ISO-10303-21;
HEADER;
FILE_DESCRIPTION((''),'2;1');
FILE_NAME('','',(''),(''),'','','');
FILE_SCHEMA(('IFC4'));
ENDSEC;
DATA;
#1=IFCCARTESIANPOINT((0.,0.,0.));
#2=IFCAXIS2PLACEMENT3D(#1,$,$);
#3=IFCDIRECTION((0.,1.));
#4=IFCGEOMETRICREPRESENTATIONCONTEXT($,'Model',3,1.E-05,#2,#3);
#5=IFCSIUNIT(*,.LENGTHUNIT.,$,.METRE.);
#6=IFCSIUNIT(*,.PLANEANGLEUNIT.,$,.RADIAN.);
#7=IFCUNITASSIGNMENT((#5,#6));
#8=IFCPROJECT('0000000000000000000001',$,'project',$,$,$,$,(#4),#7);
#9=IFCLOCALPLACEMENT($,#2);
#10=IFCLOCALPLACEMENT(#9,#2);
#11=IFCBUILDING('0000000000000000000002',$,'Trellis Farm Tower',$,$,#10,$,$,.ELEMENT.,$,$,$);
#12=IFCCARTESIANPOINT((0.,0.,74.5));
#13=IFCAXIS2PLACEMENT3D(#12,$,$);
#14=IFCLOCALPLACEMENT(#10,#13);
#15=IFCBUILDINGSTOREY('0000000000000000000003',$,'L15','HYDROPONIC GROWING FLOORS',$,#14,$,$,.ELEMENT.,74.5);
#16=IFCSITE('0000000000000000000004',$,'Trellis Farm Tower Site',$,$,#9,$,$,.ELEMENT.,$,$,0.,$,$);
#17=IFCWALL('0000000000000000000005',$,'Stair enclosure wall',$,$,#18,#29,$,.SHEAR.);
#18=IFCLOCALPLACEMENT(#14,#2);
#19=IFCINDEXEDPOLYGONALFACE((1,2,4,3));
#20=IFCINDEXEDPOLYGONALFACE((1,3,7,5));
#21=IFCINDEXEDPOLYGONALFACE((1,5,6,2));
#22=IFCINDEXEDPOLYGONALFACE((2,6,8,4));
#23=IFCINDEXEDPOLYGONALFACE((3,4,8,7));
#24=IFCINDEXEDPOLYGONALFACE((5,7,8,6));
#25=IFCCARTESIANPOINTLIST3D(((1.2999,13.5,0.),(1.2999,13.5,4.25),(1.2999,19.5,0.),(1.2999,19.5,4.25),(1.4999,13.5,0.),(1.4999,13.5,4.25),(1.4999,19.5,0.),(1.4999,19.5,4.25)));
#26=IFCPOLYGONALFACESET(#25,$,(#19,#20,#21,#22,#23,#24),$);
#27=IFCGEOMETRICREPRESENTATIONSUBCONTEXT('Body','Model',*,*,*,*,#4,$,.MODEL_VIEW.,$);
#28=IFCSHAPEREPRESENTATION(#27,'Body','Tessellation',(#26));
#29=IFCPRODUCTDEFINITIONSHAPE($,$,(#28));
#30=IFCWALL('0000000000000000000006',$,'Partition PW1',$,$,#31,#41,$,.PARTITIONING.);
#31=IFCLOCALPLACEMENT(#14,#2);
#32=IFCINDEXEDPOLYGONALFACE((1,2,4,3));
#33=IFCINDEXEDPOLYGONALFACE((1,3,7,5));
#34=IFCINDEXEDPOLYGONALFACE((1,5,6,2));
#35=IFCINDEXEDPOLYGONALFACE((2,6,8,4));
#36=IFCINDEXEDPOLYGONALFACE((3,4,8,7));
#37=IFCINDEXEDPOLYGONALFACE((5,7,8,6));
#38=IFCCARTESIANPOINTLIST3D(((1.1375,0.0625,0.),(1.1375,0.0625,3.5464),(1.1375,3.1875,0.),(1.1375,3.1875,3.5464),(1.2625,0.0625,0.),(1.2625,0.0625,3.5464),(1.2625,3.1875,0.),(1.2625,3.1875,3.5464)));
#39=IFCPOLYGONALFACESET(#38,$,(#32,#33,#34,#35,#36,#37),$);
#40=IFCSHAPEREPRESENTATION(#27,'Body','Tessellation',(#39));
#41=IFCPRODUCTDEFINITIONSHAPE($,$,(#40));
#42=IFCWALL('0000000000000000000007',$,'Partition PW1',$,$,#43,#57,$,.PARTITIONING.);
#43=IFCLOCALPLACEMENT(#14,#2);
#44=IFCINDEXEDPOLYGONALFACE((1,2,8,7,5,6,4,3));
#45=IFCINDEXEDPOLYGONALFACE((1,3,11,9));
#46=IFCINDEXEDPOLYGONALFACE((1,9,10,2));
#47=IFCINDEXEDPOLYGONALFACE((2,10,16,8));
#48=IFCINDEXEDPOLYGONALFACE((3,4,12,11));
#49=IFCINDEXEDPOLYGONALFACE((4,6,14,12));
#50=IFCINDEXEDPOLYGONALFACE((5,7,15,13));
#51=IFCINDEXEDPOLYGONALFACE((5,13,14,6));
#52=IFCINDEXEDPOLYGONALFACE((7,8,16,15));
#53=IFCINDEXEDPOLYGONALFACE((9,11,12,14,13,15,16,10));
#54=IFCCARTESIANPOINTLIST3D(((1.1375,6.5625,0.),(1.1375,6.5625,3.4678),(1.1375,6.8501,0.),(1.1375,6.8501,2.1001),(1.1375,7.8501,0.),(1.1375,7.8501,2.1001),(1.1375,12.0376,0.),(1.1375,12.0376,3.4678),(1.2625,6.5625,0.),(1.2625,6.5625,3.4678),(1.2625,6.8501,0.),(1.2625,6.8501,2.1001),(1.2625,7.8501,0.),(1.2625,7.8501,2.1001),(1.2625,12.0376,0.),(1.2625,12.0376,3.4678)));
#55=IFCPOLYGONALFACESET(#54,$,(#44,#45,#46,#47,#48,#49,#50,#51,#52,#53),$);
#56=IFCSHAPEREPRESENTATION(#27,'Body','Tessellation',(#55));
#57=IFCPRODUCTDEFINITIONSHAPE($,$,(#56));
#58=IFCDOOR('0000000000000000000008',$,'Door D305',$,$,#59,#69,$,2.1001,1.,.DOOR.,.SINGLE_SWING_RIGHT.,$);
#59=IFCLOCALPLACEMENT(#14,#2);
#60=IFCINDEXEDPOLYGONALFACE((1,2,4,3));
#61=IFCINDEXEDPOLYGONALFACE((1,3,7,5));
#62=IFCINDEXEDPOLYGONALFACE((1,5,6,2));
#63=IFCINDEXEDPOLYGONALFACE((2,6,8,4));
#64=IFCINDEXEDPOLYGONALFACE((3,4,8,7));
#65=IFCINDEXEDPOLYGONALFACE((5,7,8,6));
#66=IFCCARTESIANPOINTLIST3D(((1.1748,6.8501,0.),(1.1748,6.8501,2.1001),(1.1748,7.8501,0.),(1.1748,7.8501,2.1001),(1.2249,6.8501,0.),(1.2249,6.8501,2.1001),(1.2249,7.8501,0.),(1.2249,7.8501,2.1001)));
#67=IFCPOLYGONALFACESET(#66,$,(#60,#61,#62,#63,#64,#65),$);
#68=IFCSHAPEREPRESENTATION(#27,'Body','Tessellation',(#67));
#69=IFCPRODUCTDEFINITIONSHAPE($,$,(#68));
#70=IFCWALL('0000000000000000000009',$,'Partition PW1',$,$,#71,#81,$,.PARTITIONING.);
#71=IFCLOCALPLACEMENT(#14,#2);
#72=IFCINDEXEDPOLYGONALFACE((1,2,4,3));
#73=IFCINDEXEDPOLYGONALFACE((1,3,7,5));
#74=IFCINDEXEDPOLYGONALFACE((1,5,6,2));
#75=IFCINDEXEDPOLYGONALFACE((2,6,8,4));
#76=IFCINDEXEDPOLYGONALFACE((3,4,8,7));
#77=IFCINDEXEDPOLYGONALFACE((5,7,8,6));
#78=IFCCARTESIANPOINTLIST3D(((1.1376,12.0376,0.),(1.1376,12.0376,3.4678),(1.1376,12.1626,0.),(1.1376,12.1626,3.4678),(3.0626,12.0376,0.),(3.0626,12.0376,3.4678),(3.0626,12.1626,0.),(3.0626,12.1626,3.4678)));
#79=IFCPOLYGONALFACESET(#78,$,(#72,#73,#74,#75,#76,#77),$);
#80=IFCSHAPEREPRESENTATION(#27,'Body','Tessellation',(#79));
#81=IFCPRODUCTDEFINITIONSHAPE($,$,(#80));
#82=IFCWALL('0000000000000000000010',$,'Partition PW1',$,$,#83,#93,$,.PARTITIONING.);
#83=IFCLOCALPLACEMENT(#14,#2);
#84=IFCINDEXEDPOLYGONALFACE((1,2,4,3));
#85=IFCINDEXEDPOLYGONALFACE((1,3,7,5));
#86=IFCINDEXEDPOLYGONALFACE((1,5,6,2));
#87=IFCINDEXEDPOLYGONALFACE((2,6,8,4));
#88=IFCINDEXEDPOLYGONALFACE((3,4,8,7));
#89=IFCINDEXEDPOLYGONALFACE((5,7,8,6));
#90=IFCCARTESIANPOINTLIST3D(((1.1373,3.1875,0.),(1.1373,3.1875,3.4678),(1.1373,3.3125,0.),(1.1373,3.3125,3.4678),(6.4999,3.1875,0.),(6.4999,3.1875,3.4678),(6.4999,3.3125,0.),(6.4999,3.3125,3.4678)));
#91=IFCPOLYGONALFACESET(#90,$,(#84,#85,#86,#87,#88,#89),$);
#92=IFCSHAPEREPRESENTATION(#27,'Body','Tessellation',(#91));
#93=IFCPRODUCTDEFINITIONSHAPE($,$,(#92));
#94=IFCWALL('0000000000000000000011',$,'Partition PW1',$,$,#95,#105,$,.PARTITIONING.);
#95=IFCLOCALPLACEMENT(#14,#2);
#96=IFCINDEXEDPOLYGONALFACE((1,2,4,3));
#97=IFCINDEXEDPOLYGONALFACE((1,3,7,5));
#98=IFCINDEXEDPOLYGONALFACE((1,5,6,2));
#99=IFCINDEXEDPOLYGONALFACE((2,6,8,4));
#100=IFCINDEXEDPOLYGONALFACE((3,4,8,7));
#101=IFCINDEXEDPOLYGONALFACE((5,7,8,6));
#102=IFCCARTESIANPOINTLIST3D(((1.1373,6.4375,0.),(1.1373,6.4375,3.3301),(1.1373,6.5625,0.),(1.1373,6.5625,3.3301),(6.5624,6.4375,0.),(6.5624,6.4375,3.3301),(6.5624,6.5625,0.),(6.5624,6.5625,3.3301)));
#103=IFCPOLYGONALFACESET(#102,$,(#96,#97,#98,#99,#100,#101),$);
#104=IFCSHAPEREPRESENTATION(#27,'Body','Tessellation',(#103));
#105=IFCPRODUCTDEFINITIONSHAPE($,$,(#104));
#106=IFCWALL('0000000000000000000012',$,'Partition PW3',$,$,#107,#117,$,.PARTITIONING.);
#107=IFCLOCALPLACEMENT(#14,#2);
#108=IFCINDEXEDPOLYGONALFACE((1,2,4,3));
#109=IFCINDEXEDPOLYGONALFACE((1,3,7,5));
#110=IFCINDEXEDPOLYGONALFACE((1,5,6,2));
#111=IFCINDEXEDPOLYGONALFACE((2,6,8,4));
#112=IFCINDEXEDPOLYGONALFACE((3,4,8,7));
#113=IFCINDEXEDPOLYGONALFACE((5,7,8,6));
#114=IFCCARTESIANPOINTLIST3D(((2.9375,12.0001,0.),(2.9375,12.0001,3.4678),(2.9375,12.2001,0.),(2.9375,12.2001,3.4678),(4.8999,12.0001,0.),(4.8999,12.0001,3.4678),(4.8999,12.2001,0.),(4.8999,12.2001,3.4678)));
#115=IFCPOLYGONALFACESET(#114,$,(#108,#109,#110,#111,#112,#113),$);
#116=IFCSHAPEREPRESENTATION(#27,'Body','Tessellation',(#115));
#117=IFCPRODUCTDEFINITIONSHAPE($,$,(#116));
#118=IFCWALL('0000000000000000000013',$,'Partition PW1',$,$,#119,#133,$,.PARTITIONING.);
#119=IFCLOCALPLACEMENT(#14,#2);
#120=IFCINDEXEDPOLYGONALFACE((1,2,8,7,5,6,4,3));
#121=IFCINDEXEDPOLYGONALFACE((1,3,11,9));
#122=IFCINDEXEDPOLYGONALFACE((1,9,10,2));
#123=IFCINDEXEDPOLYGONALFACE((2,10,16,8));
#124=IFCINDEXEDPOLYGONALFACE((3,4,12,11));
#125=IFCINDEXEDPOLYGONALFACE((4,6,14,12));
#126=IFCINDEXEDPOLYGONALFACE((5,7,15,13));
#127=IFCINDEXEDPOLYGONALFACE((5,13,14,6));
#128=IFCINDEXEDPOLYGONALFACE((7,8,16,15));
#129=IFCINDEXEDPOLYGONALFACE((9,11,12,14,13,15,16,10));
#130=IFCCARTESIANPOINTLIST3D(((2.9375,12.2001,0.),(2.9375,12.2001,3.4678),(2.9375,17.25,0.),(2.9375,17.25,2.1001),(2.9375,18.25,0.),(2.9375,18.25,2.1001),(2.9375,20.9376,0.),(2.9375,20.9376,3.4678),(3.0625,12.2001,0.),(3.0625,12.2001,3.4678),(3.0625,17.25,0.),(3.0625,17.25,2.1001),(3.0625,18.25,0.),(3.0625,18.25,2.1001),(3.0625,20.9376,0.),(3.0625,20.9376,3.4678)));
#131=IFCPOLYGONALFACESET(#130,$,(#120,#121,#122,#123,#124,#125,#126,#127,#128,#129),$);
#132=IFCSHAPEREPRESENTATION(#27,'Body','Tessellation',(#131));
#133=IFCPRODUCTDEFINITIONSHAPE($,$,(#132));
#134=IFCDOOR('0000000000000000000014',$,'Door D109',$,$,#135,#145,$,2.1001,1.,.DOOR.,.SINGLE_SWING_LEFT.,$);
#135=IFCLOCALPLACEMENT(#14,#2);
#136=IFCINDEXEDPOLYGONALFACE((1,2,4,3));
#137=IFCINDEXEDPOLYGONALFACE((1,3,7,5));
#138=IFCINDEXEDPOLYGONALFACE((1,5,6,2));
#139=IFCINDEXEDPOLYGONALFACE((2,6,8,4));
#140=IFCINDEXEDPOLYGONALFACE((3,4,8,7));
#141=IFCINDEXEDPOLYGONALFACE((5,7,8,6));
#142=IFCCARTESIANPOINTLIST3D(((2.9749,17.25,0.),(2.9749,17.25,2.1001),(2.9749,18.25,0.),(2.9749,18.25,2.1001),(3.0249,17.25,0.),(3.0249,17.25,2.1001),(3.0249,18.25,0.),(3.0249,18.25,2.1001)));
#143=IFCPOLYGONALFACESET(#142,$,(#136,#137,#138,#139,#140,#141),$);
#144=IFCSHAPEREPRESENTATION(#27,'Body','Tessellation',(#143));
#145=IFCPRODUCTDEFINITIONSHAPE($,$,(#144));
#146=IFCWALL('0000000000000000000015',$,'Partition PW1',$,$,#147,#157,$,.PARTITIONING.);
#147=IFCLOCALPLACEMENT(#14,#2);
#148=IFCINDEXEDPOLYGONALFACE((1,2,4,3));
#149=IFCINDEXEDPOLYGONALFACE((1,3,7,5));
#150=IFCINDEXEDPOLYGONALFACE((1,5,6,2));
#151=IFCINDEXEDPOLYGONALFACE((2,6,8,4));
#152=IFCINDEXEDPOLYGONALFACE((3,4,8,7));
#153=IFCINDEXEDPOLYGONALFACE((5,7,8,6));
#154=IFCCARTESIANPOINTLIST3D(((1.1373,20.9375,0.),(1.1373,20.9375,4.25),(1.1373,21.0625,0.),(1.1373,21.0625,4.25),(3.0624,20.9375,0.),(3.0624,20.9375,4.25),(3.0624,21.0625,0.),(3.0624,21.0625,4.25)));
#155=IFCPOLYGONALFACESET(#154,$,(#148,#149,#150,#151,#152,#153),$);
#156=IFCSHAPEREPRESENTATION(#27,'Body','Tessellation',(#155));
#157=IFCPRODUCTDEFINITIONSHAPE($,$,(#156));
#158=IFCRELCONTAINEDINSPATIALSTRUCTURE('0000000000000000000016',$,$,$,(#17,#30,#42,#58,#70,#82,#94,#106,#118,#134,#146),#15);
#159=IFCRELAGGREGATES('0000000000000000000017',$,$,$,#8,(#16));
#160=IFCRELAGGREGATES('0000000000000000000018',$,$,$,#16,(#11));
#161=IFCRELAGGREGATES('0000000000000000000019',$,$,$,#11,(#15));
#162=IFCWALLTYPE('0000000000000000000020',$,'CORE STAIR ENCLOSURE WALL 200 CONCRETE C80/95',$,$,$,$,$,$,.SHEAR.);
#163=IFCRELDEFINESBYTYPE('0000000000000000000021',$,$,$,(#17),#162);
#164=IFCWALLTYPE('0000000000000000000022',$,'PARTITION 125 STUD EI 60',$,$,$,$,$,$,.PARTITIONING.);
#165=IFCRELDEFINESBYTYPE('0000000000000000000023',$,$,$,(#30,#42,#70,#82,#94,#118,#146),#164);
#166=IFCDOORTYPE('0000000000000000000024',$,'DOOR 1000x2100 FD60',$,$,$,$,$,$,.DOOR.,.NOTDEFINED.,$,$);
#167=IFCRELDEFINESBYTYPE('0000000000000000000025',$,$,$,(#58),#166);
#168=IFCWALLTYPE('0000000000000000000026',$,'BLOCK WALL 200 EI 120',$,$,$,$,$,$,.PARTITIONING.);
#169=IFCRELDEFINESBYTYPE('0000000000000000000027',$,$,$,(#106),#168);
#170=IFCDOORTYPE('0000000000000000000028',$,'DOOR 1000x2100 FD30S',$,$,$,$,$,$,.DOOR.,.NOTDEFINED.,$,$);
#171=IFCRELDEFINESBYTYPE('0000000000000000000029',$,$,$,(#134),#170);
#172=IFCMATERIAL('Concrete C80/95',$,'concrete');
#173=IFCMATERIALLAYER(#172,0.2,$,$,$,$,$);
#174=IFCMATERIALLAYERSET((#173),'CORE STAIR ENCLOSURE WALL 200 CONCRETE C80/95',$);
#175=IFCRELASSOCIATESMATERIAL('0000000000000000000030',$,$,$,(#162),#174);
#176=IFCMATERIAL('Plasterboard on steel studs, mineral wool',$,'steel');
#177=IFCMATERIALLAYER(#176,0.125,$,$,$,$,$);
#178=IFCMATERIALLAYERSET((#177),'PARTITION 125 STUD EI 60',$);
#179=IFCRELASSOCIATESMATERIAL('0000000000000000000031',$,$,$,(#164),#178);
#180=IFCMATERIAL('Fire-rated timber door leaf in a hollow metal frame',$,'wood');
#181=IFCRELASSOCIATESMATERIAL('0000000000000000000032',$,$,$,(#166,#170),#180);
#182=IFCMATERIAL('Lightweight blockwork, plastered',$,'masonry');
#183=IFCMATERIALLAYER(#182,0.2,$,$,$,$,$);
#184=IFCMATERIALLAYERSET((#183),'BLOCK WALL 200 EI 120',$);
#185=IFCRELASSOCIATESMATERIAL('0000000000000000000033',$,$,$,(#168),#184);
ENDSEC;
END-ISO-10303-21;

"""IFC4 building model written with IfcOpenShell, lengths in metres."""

from ifc_helpers import new_model, si_unit, direction, frame, frame_2d, origin, place, context, subcontext, project, spatial, rectangle, extrude, source, transform, mapped, material, layer, layer_set, type_object, element, fill, save


model = new_model("IFC4")

# Units and contexts
model_context = context("Model", 3, precision=1e-05, world=origin(), true_north=direction((0.0, 1.0)))
body_context = subcontext(model_context, "Body", "Model", "MODEL_VIEW")
ifc_project = project(units=[si_unit("LENGTHUNIT", "METRE"), si_unit("PLANEANGLEUNIT", "RADIAN")], contexts=[model_context])

# Site, building, storey
site_placement = place(None, origin())
site = spatial("IfcSite", under=ifc_project, at=site_placement, Name="Trellis Farm Tower Site", CompositionType="ELEMENT", RefElevation=0.0)
building_placement = place(site_placement, origin())
building = spatial("IfcBuilding", under=site, at=building_placement, Name="Trellis Farm Tower", CompositionType="ELEMENT")
storey_placement = place(building_placement, frame((0.0, 0.0, 74.5)))
storey = spatial("IfcBuildingStorey", under=building, at=storey_placement, Name="L15", Description="HYDROPONIC GROWING FLOORS", CompositionType="ELEMENT", Elevation=74.5)

# Shared definitions
ifc_material_1 = material(Name="Concrete C80/95", Category="concrete")

# Walls
ifc_layer_1 = layer(ifc_material_1, 0.2)
ifc_layer_set_1 = layer_set([ifc_layer_1], Name="CORE STAIR ENCLOSURE WALL 200 CONCRETE C80/95")
wall_type_1 = type_object("IfcWallType", Name="CORE STAIR ENCLOSURE WALL 200 CONCRETE C80/95", PredefinedType="SHEAR", material=ifc_layer_set_1)
shared_shape_1 = source(origin(), body_context, "Body", "SweptSolid", [
    extrude(rectangle(XDim=6.0, YDim=0.2, at=frame_2d((3.0, 0.0))), origin(), (0.0, 0.0, 1.0), 4.25),
])
wall_1_placement = place(storey_placement, frame((1.3999, 13.5, 0.0), z_axis=(0.0, 0.0, 1.0), x_axis=(0.0, 1.0, 0.0)))
element("IfcWall", 1, at=wall_1_placement, inside=storey, type_object=wall_type_1, Name="Stair enclosure wall", PredefinedType="SHEAR", context=body_context, shape_type="MappedRepresentation", body=[
    mapped(shared_shape_1, transform((0.0, 0.0, 0.0))),
])
ifc_material_2 = material(Name="Plasterboard on steel studs, mineral wool", Category="steel")
ifc_layer_2 = layer(ifc_material_2, 0.125)
ifc_layer_set_2 = layer_set([ifc_layer_2], Name="PARTITION 125 STUD EI 60")
wall_type_2 = type_object("IfcWallType", Name="PARTITION 125 STUD EI 60", PredefinedType="PARTITIONING", material=ifc_layer_set_2)
shared_shape_2 = source(origin(), body_context, "Body", "SweptSolid", [
    extrude(rectangle(XDim=3.125, YDim=0.125, at=frame_2d((1.5625, 0.0))), origin(), (0.0, 0.0, 1.0), 3.5464),
])
wall_2_placement = place(storey_placement, frame((1.2, 3.1875, 0.0), z_axis=(0.0, 0.0, 1.0), x_axis=(0.0, -1.0, 0.0)))
element("IfcWall", 2, at=wall_2_placement, inside=storey, type_object=wall_type_2, Name="Partition PW1", PredefinedType="PARTITIONING", context=body_context, shape_type="MappedRepresentation", body=[
    mapped(shared_shape_2, transform((0.0, 0.0, 0.0))),
])

# Wall, opening, door
shared_shape_3 = source(origin(), body_context, "Body", "SweptSolid", [
    extrude(rectangle(XDim=5.4751, YDim=0.125, at=frame_2d((2.7375, 0.0))), origin(), (0.0, 0.0, 1.0), 3.4678),
])
wall_3_placement = place(storey_placement, frame((1.2, 12.0376, 0.0), z_axis=(0.0, 0.0, 1.0), x_axis=(0.0, -1.0, 0.0)))
wall_3 = element("IfcWall", 3, at=wall_3_placement, inside=storey, type_object=wall_type_2, Name="Partition PW1", PredefinedType="PARTITIONING", context=body_context, shape_type="MappedRepresentation", body=[
    mapped(shared_shape_3, transform((0.0, 0.0, 0.0))),
])
shared_shape_4 = source(origin(), body_context, "Body", "SweptSolid", [
    extrude(rectangle(XDim=1.0, YDim=2.1001, at=frame_2d((0.5, 1.05))), frame((0.0, 0.0725, 0.0), z_axis=(0.0, -1.0, 0.0), x_axis=(1.0, 0.0, 0.0)), (0.0, 0.0, 1.0), 0.145),
])
opening_1_placement = place(wall_3_placement, frame((4.1875, 0.0, 0.0)))
opening_1 = element("IfcOpeningElement", 4, at=opening_1_placement, cuts=wall_3, PredefinedType="OPENING", context=body_context, shape_type="MappedRepresentation", body=[
    mapped(shared_shape_4, transform((0.0, 0.0, 0.0))),
])
ifc_material_3 = material(Name="Fire-rated timber door leaf in a hollow metal frame", Category="wood")
door_type_1 = type_object("IfcDoorType", Name="DOOR 1000x2100 FD60", OperationType="NOTDEFINED", PredefinedType="DOOR", material=ifc_material_3)
shared_shape_5 = source(origin(), body_context, "Body", "SweptSolid", [
    extrude(rectangle(XDim=1.0, YDim=2.1001, at=frame_2d((0.5, 1.05))), frame((0.0, 0.0249, 0.0), z_axis=(0.0, -1.0, 0.0), x_axis=(1.0, 0.0, 0.0)), (0.0, 0.0, 1.0), 0.05),
])
door_1_placement = place(opening_1_placement, origin())
door_1 = element("IfcDoor", 5, at=door_1_placement, inside=storey, type_object=door_type_1, Name="Door D305", OperationType="SINGLE_SWING_RIGHT", OverallHeight=2.1001, OverallWidth=1.0, PredefinedType="DOOR", context=body_context, shape_type="MappedRepresentation", body=[
    mapped(shared_shape_5, transform((0.0, 0.0, 0.0))),
])
fill(opening_1, door_1)

# Walls
shared_shape_6 = source(origin(), body_context, "Body", "SweptSolid", [
    extrude(rectangle(XDim=1.925, YDim=0.125, at=frame_2d((0.9624, 0.0))), origin(), (0.0, 0.0, 1.0), 3.4678),
])
wall_4_placement = place(storey_placement, frame((3.0625, 12.1001, 0.0), z_axis=(0.0, 0.0, 1.0), x_axis=(-1.0, 0.0, 0.0)))
element("IfcWall", 6, at=wall_4_placement, inside=storey, type_object=wall_type_2, Name="Partition PW1", PredefinedType="PARTITIONING", context=body_context, shape_type="MappedRepresentation", body=[
    mapped(shared_shape_6, transform((0.0, 0.0, 0.0))),
])
shared_shape_7 = source(origin(), body_context, "Body", "SweptSolid", [
    extrude(rectangle(XDim=5.3625, YDim=0.125, at=frame_2d((2.6812, 0.0))), origin(), (0.0, 0.0, 1.0), 3.4678),
])
wall_5_placement = place(storey_placement, frame((1.1375, 3.25, 0.0), z_axis=(0.0, 0.0, 1.0), x_axis=(1.0, 0.0, 0.0)))
element("IfcWall", 7, at=wall_5_placement, inside=storey, type_object=wall_type_2, Name="Partition PW1", PredefinedType="PARTITIONING", context=body_context, shape_type="MappedRepresentation", body=[
    mapped(shared_shape_7, transform((0.0, 0.0, 0.0))),
])
shared_shape_8 = source(origin(), body_context, "Body", "SweptSolid", [
    extrude(rectangle(XDim=5.425, YDim=0.125, at=frame_2d((2.7124, 0.0))), origin(), (0.0, 0.0, 1.0), 3.3301),
])
wall_6_placement = place(storey_placement, frame((1.1375, 6.5, 0.0), z_axis=(0.0, 0.0, 1.0), x_axis=(1.0, 0.0, 0.0)))
element("IfcWall", 8, at=wall_6_placement, inside=storey, type_object=wall_type_2, Name="Partition PW1", PredefinedType="PARTITIONING", context=body_context, shape_type="MappedRepresentation", body=[
    mapped(shared_shape_8, transform((0.0, 0.0, 0.0))),
])
ifc_material_4 = material(Name="Lightweight blockwork, plastered", Category="masonry")
ifc_layer_3 = layer(ifc_material_4, 0.2)
ifc_layer_set_3 = layer_set([ifc_layer_3], Name="BLOCK WALL 200 EI 120")
wall_type_3 = type_object("IfcWallType", Name="BLOCK WALL 200 EI 120", PredefinedType="PARTITIONING", material=ifc_layer_set_3)
shared_shape_9 = source(origin(), body_context, "Body", "SweptSolid", [
    extrude(rectangle(XDim=1.9624, YDim=0.2, at=frame_2d((0.9812, 0.0))), origin(), (0.0, 0.0, 1.0), 3.4678),
])
wall_7_placement = place(storey_placement, frame((2.9375, 12.1001, 0.0), z_axis=(0.0, 0.0, 1.0), x_axis=(1.0, 0.0, 0.0)))
element("IfcWall", 9, at=wall_7_placement, inside=storey, type_object=wall_type_3, Name="Partition PW3", PredefinedType="PARTITIONING", context=body_context, shape_type="MappedRepresentation", body=[
    mapped(shared_shape_9, transform((0.0, 0.0, 0.0))),
])

# Wall, opening, door
shared_shape_10 = source(origin(), body_context, "Body", "SweptSolid", [
    extrude(rectangle(XDim=8.7375, YDim=0.125, at=frame_2d((4.3687, 0.0))), origin(), (0.0, 0.0, 1.0), 3.4678),
])
wall_8_placement = place(storey_placement, frame((3.0, 20.9375, 0.0), z_axis=(0.0, 0.0, 1.0), x_axis=(0.0, -1.0, 0.0)))
wall_8 = element("IfcWall", 10, at=wall_8_placement, inside=storey, type_object=wall_type_2, Name="Partition PW1", PredefinedType="PARTITIONING", context=body_context, shape_type="MappedRepresentation", body=[
    mapped(shared_shape_10, transform((0.0, 0.0, 0.0))),
])
opening_2_placement = place(wall_8_placement, frame((2.6875, 0.0, 0.0)))
opening_2 = element("IfcOpeningElement", 11, at=opening_2_placement, cuts=wall_8, PredefinedType="OPENING", context=body_context, shape_type="MappedRepresentation", body=[
    mapped(shared_shape_4, transform((0.0, 0.0, 0.0))),
])
door_type_2 = type_object("IfcDoorType", Name="DOOR 1000x2100 FD30S", OperationType="NOTDEFINED", PredefinedType="DOOR", material=ifc_material_3)
door_2_placement = place(opening_2_placement, origin())
door_2 = element("IfcDoor", 12, at=door_2_placement, inside=storey, type_object=door_type_2, Name="Door D109", OperationType="SINGLE_SWING_LEFT", OverallHeight=2.1001, OverallWidth=1.0, PredefinedType="DOOR", context=body_context, shape_type="MappedRepresentation", body=[
    mapped(shared_shape_5, transform((0.0, 0.0, 0.0))),
])
fill(opening_2, door_2)

# Wall
shared_shape_11 = source(origin(), body_context, "Body", "SweptSolid", [
    extrude(rectangle(XDim=1.925, YDim=0.125, at=frame_2d((0.9624, 0.0))), origin(), (0.0, 0.0, 1.0), 4.25),
])
wall_9_placement = place(storey_placement, frame((1.1375, 21.0, 0.0), z_axis=(0.0, 0.0, 1.0), x_axis=(1.0, 0.0, 0.0)))
element("IfcWall", 13, at=wall_9_placement, inside=storey, type_object=wall_type_2, Name="Partition PW1", PredefinedType="PARTITIONING", context=body_context, shape_type="MappedRepresentation", body=[
    mapped(shared_shape_11, transform((0.0, 0.0, 0.0))),
])

save(model, "model.ifc")
